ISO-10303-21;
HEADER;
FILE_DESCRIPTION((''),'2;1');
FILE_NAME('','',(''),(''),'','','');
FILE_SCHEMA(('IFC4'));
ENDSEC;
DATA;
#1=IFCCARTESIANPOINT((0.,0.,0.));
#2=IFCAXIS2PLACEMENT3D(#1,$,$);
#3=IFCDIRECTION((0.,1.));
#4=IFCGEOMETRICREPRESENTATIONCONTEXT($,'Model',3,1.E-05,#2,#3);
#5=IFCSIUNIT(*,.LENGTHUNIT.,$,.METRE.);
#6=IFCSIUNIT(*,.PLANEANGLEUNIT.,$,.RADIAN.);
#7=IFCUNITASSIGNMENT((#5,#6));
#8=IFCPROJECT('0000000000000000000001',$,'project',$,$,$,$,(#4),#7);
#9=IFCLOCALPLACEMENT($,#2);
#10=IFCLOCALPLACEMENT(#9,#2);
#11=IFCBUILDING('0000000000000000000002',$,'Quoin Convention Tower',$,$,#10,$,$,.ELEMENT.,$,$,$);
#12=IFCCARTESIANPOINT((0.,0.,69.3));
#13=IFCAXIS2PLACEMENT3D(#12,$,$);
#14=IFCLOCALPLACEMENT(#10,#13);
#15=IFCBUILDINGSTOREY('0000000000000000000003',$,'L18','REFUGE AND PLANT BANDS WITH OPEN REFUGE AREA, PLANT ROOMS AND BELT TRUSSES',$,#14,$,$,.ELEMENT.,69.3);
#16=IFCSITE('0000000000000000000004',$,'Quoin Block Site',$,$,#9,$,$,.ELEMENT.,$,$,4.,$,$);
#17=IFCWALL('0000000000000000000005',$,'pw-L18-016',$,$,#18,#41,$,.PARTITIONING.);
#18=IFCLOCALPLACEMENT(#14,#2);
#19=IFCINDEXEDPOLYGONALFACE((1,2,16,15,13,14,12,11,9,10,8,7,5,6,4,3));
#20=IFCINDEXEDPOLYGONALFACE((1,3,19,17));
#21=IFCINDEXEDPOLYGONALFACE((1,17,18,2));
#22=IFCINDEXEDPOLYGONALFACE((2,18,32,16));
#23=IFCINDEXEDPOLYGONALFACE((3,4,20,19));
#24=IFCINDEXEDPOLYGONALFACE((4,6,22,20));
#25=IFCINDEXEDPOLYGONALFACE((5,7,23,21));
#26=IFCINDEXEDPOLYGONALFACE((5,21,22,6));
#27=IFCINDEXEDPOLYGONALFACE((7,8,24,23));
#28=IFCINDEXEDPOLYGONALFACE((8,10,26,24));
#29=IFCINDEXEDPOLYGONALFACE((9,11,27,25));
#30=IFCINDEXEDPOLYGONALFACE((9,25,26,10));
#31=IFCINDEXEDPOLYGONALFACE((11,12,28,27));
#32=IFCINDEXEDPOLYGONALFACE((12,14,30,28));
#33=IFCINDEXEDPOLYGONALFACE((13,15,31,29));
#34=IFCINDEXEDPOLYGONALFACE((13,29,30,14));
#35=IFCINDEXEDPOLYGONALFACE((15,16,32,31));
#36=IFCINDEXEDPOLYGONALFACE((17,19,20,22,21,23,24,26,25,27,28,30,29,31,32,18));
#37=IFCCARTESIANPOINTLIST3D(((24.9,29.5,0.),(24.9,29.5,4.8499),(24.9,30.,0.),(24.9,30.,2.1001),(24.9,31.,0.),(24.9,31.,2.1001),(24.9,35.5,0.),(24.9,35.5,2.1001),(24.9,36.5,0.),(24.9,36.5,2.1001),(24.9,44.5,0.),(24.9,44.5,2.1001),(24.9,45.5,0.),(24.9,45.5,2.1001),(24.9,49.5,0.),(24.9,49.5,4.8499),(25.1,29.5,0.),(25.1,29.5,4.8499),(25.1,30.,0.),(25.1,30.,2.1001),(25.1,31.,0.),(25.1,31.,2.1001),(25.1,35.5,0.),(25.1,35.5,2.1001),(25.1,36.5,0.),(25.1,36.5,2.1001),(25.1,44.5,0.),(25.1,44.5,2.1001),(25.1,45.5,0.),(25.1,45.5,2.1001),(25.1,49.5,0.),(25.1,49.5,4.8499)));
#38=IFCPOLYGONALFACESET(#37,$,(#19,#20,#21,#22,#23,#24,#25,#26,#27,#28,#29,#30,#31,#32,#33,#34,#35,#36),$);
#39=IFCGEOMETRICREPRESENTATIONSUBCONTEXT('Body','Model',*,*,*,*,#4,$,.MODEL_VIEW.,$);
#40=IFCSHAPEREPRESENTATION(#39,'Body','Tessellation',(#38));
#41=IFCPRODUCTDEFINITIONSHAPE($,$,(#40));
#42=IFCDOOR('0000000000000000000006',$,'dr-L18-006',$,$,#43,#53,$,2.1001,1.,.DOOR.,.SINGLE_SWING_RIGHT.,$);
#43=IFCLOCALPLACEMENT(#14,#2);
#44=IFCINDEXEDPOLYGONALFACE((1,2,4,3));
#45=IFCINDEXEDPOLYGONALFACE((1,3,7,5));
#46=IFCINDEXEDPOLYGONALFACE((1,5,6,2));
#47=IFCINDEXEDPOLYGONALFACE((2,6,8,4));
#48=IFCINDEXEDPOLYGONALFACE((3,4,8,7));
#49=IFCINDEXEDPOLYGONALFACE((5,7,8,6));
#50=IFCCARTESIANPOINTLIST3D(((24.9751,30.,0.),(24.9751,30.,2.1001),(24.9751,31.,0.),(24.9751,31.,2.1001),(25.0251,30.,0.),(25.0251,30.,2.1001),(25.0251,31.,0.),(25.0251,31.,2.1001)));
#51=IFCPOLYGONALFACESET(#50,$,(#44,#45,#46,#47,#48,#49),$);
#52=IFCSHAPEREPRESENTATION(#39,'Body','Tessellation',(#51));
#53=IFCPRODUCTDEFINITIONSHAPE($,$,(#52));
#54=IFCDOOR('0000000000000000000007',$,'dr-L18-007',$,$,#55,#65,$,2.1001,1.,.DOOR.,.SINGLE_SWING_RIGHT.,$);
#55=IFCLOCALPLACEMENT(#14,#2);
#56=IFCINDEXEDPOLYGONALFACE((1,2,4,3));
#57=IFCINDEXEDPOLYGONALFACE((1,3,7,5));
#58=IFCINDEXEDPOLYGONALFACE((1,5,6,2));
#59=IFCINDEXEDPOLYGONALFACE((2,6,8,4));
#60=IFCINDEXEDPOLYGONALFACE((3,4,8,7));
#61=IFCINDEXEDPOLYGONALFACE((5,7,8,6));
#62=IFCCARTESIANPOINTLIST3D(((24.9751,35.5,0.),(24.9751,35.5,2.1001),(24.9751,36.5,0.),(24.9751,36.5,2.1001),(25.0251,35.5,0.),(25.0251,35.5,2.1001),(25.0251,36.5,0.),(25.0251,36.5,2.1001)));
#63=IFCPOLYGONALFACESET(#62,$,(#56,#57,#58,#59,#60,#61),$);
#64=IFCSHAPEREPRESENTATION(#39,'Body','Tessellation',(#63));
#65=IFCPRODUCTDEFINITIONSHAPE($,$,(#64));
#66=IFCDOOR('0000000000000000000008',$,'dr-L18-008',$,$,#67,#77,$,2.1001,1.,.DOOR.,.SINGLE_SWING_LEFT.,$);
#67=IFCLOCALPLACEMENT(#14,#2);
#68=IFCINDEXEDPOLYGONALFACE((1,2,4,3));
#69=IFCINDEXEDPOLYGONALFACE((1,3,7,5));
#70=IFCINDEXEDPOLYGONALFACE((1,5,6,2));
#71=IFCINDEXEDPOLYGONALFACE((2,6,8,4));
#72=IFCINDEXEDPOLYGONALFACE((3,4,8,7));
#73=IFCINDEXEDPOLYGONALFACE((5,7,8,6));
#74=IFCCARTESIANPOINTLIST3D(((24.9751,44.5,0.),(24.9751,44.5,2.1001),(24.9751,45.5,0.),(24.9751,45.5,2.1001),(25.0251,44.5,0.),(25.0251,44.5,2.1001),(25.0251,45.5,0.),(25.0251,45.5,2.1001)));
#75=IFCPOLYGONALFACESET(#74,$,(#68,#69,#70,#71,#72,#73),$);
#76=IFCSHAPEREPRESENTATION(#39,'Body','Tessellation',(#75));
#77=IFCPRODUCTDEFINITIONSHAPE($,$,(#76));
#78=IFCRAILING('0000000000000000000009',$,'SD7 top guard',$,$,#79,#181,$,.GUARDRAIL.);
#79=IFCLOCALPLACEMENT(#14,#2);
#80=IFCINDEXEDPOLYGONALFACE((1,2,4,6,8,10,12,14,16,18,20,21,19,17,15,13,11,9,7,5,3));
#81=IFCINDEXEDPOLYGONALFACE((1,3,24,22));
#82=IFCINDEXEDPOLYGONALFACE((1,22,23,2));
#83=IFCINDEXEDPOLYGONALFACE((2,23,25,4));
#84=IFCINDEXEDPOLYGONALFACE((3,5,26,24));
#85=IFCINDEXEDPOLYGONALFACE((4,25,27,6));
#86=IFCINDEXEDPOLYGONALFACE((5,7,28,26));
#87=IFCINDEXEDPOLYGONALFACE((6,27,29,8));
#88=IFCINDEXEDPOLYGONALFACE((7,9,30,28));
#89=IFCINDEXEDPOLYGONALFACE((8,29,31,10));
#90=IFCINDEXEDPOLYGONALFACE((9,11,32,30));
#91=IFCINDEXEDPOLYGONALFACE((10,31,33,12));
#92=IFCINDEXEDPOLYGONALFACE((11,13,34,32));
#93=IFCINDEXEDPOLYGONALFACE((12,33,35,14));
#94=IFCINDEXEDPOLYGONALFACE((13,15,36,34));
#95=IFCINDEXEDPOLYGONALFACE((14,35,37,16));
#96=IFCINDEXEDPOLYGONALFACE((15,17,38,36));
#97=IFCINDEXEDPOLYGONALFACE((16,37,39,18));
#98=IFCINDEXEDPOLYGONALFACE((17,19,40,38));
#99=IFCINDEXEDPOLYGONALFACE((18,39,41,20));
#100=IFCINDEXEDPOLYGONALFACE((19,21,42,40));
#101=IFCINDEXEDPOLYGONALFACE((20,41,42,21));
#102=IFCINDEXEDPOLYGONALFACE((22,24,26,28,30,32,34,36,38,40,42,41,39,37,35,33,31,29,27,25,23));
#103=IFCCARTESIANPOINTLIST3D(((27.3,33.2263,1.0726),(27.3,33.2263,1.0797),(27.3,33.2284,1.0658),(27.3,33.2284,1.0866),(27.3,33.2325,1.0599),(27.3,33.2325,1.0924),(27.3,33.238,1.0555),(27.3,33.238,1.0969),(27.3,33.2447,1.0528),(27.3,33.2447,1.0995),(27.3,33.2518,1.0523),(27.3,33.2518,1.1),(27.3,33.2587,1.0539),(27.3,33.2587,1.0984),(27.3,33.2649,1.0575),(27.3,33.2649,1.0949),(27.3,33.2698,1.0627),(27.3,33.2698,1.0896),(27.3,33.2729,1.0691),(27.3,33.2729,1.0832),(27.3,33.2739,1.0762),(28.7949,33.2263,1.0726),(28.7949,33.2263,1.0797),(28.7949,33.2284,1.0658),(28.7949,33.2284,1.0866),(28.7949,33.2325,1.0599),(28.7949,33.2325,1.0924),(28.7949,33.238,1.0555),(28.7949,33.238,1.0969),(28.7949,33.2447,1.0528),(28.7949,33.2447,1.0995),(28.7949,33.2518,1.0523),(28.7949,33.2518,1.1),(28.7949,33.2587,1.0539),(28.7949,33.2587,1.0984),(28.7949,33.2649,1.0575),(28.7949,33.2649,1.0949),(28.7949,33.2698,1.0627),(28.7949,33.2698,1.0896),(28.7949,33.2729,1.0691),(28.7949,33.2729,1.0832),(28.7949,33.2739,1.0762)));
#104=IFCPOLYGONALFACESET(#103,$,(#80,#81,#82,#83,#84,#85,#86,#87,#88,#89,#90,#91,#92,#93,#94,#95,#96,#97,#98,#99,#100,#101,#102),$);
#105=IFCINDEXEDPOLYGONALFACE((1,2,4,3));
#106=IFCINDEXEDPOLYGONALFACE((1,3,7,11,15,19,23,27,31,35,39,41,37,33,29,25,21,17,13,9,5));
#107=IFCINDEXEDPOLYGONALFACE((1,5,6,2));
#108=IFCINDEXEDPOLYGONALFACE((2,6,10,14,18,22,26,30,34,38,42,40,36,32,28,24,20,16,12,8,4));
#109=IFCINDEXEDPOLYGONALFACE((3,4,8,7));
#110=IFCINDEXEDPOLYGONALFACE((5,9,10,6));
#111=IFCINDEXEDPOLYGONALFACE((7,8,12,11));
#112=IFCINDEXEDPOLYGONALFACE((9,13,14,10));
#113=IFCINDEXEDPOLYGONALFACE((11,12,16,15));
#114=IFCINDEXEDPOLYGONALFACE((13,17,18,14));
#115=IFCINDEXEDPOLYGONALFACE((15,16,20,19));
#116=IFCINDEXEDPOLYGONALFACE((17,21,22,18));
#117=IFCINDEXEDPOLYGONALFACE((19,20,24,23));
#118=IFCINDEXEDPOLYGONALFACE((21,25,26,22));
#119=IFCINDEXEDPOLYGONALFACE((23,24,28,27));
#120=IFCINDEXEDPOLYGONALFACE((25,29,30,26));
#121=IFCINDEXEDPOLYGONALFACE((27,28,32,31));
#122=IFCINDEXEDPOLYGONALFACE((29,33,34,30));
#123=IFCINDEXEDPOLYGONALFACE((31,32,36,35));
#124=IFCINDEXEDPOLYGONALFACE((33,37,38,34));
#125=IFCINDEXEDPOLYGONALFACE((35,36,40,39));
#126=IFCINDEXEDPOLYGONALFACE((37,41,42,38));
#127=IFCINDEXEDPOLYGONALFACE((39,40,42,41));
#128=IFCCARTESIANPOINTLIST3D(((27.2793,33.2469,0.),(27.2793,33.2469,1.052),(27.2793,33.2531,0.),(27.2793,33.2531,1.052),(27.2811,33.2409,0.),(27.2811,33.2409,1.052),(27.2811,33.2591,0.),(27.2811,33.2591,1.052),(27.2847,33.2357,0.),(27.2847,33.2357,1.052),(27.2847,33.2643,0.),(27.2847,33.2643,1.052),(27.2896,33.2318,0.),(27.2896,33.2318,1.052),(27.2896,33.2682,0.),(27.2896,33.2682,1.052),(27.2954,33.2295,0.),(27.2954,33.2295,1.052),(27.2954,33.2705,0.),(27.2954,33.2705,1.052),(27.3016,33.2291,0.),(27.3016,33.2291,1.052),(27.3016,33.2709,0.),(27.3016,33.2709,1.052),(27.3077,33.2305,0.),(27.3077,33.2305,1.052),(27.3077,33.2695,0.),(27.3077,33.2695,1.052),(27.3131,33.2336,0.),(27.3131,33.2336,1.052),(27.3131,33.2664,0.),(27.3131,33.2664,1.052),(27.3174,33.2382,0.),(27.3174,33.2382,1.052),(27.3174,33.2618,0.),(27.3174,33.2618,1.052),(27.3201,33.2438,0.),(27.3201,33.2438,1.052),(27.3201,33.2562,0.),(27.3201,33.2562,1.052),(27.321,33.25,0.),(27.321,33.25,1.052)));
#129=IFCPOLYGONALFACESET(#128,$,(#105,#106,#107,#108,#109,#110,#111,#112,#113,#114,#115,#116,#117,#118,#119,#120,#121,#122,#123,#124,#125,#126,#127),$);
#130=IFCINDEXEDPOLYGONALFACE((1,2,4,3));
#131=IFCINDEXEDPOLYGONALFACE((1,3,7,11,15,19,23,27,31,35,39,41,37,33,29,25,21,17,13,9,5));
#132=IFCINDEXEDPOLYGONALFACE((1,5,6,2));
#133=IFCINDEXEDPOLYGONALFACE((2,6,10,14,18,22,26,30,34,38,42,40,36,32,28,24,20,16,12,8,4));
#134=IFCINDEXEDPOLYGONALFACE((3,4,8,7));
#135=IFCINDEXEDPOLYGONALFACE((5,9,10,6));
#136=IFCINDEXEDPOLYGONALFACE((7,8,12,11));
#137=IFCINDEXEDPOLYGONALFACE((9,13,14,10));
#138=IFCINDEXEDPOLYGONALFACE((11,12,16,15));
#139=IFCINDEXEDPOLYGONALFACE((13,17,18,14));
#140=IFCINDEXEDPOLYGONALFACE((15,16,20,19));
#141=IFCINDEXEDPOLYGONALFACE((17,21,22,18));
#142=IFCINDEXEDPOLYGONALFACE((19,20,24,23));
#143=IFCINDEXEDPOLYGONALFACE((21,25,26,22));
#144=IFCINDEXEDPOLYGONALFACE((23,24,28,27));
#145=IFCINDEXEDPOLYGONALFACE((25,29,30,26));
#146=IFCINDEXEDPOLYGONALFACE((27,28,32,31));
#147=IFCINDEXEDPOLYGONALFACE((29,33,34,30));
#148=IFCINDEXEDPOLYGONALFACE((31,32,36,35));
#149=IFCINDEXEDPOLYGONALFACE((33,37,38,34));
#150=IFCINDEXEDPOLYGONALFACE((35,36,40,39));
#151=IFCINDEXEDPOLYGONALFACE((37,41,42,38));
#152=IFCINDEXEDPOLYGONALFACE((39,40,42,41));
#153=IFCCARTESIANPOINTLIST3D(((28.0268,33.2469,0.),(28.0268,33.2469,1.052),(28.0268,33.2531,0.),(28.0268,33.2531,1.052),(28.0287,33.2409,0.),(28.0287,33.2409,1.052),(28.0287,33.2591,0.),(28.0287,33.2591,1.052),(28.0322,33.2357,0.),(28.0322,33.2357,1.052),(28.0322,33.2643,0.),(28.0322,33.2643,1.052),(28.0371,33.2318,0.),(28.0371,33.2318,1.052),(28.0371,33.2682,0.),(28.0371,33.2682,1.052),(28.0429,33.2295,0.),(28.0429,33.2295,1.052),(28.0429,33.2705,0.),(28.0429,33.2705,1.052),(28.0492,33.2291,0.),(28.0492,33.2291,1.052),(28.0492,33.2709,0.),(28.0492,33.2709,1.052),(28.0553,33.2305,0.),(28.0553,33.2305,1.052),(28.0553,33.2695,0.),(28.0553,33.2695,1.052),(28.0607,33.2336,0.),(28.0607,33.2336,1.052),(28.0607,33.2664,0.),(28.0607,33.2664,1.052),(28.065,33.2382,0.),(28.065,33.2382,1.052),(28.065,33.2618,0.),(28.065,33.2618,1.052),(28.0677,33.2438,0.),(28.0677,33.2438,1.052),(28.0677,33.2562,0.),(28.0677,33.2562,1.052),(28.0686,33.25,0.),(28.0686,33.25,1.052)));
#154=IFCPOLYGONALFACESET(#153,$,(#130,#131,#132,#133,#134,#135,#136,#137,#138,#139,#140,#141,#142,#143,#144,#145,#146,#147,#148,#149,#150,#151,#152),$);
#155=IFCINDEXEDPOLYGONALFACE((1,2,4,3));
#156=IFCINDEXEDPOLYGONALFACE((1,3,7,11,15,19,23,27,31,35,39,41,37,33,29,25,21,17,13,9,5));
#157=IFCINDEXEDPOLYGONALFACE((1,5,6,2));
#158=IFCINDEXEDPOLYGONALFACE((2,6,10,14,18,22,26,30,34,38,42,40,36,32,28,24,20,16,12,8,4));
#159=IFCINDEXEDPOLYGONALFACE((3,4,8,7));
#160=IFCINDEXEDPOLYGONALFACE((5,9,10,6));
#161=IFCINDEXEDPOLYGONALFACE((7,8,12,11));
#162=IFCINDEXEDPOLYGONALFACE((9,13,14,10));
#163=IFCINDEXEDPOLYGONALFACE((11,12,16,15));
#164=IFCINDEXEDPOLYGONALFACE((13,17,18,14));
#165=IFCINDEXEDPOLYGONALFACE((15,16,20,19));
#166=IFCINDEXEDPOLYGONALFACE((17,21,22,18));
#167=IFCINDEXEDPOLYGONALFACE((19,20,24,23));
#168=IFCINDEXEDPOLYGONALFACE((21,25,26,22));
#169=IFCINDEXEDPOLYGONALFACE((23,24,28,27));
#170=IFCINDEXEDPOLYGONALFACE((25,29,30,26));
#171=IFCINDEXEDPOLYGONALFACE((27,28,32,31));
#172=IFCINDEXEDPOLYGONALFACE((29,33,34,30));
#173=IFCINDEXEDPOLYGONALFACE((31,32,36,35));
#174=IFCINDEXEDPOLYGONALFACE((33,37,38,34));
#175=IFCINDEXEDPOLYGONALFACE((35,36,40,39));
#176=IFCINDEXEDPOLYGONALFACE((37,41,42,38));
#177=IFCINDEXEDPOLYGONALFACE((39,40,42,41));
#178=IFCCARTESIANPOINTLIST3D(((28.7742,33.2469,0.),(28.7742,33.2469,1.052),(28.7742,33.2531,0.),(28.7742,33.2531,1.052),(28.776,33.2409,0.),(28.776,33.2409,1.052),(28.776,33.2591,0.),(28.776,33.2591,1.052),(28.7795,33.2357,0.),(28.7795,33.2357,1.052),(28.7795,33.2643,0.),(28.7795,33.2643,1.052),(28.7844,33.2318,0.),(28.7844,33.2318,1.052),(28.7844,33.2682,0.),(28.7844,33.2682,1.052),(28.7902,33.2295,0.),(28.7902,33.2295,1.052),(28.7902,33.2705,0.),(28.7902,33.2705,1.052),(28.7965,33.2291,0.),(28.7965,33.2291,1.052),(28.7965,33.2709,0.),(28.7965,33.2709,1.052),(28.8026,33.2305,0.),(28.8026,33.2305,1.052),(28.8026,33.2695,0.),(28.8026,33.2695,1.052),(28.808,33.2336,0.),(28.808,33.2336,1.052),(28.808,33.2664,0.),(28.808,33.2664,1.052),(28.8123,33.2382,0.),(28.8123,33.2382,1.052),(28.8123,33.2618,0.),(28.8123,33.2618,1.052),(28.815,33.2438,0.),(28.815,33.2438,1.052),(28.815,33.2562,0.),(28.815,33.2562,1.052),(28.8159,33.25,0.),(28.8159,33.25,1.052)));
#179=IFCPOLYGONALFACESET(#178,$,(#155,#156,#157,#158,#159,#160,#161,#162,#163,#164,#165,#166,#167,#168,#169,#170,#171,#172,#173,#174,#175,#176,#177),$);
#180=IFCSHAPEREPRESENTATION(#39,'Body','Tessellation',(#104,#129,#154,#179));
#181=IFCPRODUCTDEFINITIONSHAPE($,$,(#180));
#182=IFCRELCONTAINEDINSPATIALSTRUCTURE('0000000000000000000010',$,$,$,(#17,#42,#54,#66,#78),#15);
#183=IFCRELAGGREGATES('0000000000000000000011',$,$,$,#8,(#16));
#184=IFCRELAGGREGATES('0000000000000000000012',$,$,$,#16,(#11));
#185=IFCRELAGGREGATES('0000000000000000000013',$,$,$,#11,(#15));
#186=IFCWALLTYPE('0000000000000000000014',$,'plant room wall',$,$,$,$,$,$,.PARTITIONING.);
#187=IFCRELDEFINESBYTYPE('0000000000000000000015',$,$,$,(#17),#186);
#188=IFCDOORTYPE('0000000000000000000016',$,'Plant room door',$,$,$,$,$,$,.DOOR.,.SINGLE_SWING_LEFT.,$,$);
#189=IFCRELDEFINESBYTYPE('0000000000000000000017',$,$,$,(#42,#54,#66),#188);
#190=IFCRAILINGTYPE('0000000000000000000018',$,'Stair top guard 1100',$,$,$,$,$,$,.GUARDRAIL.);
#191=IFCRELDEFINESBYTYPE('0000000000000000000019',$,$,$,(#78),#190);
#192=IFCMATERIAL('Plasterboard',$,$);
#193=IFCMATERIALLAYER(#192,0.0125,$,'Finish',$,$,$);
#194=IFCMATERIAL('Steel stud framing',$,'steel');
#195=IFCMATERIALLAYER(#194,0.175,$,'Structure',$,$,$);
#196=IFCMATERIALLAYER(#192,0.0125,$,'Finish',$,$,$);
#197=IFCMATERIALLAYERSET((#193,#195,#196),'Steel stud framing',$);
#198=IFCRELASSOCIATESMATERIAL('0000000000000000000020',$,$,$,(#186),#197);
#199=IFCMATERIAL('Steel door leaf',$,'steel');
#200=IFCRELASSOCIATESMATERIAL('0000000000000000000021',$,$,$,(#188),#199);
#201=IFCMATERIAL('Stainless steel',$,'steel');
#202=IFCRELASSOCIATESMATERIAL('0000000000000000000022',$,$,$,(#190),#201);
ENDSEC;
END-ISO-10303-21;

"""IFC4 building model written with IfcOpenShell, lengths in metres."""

from ifc_helpers import new_model, si_unit, direction, frame, frame_2d, origin, origin_2d, place, context, subcontext, project, spatial, rectangle, circle, extrude, material, layer, layer_set, type_object, element, fill, save


model = new_model("IFC4")

# Units and contexts
model_context = context("Model", 3, precision=1e-05, world=origin(), true_north=direction((0.0, 1.0)))
body_context = subcontext(model_context, "Body", "Model", "MODEL_VIEW")
ifc_project = project(units=[si_unit("LENGTHUNIT", "METRE"), si_unit("PLANEANGLEUNIT", "RADIAN")], contexts=[model_context])

# Site, building, storey
site_placement = place(None, origin())
site = spatial("IfcSite", under=ifc_project, at=site_placement, Name="Quoin Block Site", CompositionType="ELEMENT", RefElevation=4.0)
building_placement = place(site_placement, origin())
building = spatial("IfcBuilding", under=site, at=building_placement, Name="Quoin Convention Tower", CompositionType="ELEMENT")
storey_placement = place(building_placement, frame((0.0, 0.0, 69.3)))
storey = spatial("IfcBuildingStorey", under=building, at=storey_placement, Name="L18", Description="REFUGE AND PLANT BANDS WITH OPEN REFUGE AREA, PLANT ROOMS AND BELT TRUSSES", CompositionType="ELEMENT", Elevation=69.3)

# Shared definitions
ifc_material_1 = material(Name="Steel door leaf", Category="steel")

# Wall, openings, doors
ifc_material_2 = material(Name="Plasterboard")
ifc_layer_1 = layer(ifc_material_2, 0.0125, Name="Finish")
ifc_material_3 = material(Name="Steel stud framing", Category="steel")
ifc_layer_2 = layer(ifc_material_3, 0.175, Name="Structure")
ifc_layer_3 = layer(ifc_material_2, 0.0125, Name="Finish")
ifc_layer_set_1 = layer_set([ifc_layer_1, ifc_layer_2, ifc_layer_3], Name="Steel stud framing")
wall_type_1 = type_object("IfcWallType", Name="plant room wall", PredefinedType="PARTITIONING", material=ifc_layer_set_1)
door_type_1 = type_object("IfcDoorType", Name="Plant room door", OperationType="SINGLE_SWING_LEFT", PredefinedType="DOOR", material=ifc_material_1)
wall_1_placement = place(storey_placement, frame((25.0, 29.5, 0.0), z_axis=(0.0, 0.0, 1.0), x_axis=(0.0, 1.0, 0.0)))
wall_1 = element("IfcWall", 1, at=wall_1_placement, inside=storey, type_object=wall_type_1, Name="pw-L18-016", PredefinedType="PARTITIONING", context=body_context, shape_type="SweptSolid", body=[
    extrude(rectangle(XDim=20.0, YDim=0.2, at=frame_2d((10.0, 0.0))), origin(), (0.0, 0.0, 1.0), 4.8499),
])
opening_1_placement = place(wall_1_placement, frame((0.5, 0.0, 0.0)))
opening_1 = element("IfcOpeningElement", 2, at=opening_1_placement, cuts=wall_1, PredefinedType="OPENING", context=body_context, shape_type="SweptSolid", body=[
    extrude(rectangle(XDim=1.0, YDim=2.1001, at=frame_2d((0.5, 1.05))), frame((0.0, 0.1099, 0.0), z_axis=(0.0, -1.0, 0.0), x_axis=(1.0, 0.0, 0.0)), (0.0, 0.0, 1.0), 0.22),
])
opening_2_placement = place(wall_1_placement, frame((6.0, 0.0, 0.0)))
opening_2 = element("IfcOpeningElement", 3, at=opening_2_placement, cuts=wall_1, PredefinedType="OPENING", context=body_context, shape_type="SweptSolid", body=[
    extrude(rectangle(XDim=1.0, YDim=2.1001, at=frame_2d((0.5, 1.05))), frame((0.0, 0.1099, 0.0), z_axis=(0.0, -1.0, 0.0), x_axis=(1.0, 0.0, 0.0)), (0.0, 0.0, 1.0), 0.22),
])
opening_3_placement = place(wall_1_placement, frame((15.0, 0.0, 0.0)))
opening_3 = element("IfcOpeningElement", 4, at=opening_3_placement, cuts=wall_1, PredefinedType="OPENING", context=body_context, shape_type="SweptSolid", body=[
    extrude(rectangle(XDim=1.0, YDim=2.1001, at=frame_2d((0.5, 1.05))), frame((0.0, 0.1099, 0.0), z_axis=(0.0, -1.0, 0.0), x_axis=(1.0, 0.0, 0.0)), (0.0, 0.0, 1.0), 0.22),
])
door_1_placement = place(opening_1_placement, origin())
door_1 = element("IfcDoor", 5, at=door_1_placement, inside=storey, type_object=door_type_1, Name="dr-L18-006", OperationType="SINGLE_SWING_RIGHT", OverallHeight=2.1001, OverallWidth=1.0, PredefinedType="DOOR", context=body_context, shape_type="SweptSolid", body=[
    extrude(rectangle(XDim=1.0, YDim=2.1001, at=frame_2d((0.5, 1.05))), frame((0.0, 0.0249, 0.0), z_axis=(0.0, -1.0, 0.0), x_axis=(1.0, 0.0, 0.0)), (0.0, 0.0, 1.0), 0.05),
])
fill(opening_1, door_1)
door_2_placement = place(opening_2_placement, origin())
door_2 = element("IfcDoor", 6, at=door_2_placement, inside=storey, type_object=door_type_1, Name="dr-L18-007", OperationType="SINGLE_SWING_RIGHT", OverallHeight=2.1001, OverallWidth=1.0, PredefinedType="DOOR", context=body_context, shape_type="SweptSolid", body=[
    extrude(rectangle(XDim=1.0, YDim=2.1001, at=frame_2d((0.5, 1.05))), frame((0.0, 0.0249, 0.0), z_axis=(0.0, -1.0, 0.0), x_axis=(1.0, 0.0, 0.0)), (0.0, 0.0, 1.0), 0.05),
])
fill(opening_2, door_2)
door_3_placement = place(opening_3_placement, origin())
door_3 = element("IfcDoor", 7, at=door_3_placement, inside=storey, type_object=door_type_1, Name="dr-L18-008", OperationType="SINGLE_SWING_LEFT", OverallHeight=2.1001, OverallWidth=1.0, PredefinedType="DOOR", context=body_context, shape_type="SweptSolid", body=[
    extrude(rectangle(XDim=1.0, YDim=2.1001, at=frame_2d((0.5, 1.05))), frame((0.0, 0.0249, 0.0), z_axis=(0.0, -1.0, 0.0), x_axis=(1.0, 0.0, 0.0)), (0.0, 0.0, 1.0), 0.05),
])
fill(opening_3, door_3)

# Railing
ifc_material_4 = material(Name="Stainless steel", Category="steel")
railing_type = type_object("IfcRailingType", Name="Stair top guard 1100", PredefinedType="GUARDRAIL", material=ifc_material_4)
railing_placement = place(storey_placement, frame((27.3, 33.25, 0.0)))
element("IfcRailing", 8, at=railing_placement, inside=storey, type_object=railing_type, Name="SD7 top guard", PredefinedType="GUARDRAIL", context=body_context, shape_type="SweptSolid", body=[
    extrude(circle(Radius=0.0239, at=origin_2d()), frame((0.0, 0.0, 1.0762), z_axis=(1.0, 0.0, 0.0), x_axis=(0.0, 1.0, 0.0)), (0.0, 0.0, 1.0), 1.4949),
    extrude(circle(Radius=0.021, at=origin_2d()), origin(), (0.0, 0.0, 1.0), 1.052),
    extrude(circle(Radius=0.021, at=origin_2d()), frame((0.7476, 0.0, 0.0)), (0.0, 0.0, 1.0), 1.052),
    extrude(circle(Radius=0.021, at=origin_2d()), frame((1.4949, 0.0, 0.0)), (0.0, 0.0, 1.0), 1.052),
])

save(model, "model.ifc")
